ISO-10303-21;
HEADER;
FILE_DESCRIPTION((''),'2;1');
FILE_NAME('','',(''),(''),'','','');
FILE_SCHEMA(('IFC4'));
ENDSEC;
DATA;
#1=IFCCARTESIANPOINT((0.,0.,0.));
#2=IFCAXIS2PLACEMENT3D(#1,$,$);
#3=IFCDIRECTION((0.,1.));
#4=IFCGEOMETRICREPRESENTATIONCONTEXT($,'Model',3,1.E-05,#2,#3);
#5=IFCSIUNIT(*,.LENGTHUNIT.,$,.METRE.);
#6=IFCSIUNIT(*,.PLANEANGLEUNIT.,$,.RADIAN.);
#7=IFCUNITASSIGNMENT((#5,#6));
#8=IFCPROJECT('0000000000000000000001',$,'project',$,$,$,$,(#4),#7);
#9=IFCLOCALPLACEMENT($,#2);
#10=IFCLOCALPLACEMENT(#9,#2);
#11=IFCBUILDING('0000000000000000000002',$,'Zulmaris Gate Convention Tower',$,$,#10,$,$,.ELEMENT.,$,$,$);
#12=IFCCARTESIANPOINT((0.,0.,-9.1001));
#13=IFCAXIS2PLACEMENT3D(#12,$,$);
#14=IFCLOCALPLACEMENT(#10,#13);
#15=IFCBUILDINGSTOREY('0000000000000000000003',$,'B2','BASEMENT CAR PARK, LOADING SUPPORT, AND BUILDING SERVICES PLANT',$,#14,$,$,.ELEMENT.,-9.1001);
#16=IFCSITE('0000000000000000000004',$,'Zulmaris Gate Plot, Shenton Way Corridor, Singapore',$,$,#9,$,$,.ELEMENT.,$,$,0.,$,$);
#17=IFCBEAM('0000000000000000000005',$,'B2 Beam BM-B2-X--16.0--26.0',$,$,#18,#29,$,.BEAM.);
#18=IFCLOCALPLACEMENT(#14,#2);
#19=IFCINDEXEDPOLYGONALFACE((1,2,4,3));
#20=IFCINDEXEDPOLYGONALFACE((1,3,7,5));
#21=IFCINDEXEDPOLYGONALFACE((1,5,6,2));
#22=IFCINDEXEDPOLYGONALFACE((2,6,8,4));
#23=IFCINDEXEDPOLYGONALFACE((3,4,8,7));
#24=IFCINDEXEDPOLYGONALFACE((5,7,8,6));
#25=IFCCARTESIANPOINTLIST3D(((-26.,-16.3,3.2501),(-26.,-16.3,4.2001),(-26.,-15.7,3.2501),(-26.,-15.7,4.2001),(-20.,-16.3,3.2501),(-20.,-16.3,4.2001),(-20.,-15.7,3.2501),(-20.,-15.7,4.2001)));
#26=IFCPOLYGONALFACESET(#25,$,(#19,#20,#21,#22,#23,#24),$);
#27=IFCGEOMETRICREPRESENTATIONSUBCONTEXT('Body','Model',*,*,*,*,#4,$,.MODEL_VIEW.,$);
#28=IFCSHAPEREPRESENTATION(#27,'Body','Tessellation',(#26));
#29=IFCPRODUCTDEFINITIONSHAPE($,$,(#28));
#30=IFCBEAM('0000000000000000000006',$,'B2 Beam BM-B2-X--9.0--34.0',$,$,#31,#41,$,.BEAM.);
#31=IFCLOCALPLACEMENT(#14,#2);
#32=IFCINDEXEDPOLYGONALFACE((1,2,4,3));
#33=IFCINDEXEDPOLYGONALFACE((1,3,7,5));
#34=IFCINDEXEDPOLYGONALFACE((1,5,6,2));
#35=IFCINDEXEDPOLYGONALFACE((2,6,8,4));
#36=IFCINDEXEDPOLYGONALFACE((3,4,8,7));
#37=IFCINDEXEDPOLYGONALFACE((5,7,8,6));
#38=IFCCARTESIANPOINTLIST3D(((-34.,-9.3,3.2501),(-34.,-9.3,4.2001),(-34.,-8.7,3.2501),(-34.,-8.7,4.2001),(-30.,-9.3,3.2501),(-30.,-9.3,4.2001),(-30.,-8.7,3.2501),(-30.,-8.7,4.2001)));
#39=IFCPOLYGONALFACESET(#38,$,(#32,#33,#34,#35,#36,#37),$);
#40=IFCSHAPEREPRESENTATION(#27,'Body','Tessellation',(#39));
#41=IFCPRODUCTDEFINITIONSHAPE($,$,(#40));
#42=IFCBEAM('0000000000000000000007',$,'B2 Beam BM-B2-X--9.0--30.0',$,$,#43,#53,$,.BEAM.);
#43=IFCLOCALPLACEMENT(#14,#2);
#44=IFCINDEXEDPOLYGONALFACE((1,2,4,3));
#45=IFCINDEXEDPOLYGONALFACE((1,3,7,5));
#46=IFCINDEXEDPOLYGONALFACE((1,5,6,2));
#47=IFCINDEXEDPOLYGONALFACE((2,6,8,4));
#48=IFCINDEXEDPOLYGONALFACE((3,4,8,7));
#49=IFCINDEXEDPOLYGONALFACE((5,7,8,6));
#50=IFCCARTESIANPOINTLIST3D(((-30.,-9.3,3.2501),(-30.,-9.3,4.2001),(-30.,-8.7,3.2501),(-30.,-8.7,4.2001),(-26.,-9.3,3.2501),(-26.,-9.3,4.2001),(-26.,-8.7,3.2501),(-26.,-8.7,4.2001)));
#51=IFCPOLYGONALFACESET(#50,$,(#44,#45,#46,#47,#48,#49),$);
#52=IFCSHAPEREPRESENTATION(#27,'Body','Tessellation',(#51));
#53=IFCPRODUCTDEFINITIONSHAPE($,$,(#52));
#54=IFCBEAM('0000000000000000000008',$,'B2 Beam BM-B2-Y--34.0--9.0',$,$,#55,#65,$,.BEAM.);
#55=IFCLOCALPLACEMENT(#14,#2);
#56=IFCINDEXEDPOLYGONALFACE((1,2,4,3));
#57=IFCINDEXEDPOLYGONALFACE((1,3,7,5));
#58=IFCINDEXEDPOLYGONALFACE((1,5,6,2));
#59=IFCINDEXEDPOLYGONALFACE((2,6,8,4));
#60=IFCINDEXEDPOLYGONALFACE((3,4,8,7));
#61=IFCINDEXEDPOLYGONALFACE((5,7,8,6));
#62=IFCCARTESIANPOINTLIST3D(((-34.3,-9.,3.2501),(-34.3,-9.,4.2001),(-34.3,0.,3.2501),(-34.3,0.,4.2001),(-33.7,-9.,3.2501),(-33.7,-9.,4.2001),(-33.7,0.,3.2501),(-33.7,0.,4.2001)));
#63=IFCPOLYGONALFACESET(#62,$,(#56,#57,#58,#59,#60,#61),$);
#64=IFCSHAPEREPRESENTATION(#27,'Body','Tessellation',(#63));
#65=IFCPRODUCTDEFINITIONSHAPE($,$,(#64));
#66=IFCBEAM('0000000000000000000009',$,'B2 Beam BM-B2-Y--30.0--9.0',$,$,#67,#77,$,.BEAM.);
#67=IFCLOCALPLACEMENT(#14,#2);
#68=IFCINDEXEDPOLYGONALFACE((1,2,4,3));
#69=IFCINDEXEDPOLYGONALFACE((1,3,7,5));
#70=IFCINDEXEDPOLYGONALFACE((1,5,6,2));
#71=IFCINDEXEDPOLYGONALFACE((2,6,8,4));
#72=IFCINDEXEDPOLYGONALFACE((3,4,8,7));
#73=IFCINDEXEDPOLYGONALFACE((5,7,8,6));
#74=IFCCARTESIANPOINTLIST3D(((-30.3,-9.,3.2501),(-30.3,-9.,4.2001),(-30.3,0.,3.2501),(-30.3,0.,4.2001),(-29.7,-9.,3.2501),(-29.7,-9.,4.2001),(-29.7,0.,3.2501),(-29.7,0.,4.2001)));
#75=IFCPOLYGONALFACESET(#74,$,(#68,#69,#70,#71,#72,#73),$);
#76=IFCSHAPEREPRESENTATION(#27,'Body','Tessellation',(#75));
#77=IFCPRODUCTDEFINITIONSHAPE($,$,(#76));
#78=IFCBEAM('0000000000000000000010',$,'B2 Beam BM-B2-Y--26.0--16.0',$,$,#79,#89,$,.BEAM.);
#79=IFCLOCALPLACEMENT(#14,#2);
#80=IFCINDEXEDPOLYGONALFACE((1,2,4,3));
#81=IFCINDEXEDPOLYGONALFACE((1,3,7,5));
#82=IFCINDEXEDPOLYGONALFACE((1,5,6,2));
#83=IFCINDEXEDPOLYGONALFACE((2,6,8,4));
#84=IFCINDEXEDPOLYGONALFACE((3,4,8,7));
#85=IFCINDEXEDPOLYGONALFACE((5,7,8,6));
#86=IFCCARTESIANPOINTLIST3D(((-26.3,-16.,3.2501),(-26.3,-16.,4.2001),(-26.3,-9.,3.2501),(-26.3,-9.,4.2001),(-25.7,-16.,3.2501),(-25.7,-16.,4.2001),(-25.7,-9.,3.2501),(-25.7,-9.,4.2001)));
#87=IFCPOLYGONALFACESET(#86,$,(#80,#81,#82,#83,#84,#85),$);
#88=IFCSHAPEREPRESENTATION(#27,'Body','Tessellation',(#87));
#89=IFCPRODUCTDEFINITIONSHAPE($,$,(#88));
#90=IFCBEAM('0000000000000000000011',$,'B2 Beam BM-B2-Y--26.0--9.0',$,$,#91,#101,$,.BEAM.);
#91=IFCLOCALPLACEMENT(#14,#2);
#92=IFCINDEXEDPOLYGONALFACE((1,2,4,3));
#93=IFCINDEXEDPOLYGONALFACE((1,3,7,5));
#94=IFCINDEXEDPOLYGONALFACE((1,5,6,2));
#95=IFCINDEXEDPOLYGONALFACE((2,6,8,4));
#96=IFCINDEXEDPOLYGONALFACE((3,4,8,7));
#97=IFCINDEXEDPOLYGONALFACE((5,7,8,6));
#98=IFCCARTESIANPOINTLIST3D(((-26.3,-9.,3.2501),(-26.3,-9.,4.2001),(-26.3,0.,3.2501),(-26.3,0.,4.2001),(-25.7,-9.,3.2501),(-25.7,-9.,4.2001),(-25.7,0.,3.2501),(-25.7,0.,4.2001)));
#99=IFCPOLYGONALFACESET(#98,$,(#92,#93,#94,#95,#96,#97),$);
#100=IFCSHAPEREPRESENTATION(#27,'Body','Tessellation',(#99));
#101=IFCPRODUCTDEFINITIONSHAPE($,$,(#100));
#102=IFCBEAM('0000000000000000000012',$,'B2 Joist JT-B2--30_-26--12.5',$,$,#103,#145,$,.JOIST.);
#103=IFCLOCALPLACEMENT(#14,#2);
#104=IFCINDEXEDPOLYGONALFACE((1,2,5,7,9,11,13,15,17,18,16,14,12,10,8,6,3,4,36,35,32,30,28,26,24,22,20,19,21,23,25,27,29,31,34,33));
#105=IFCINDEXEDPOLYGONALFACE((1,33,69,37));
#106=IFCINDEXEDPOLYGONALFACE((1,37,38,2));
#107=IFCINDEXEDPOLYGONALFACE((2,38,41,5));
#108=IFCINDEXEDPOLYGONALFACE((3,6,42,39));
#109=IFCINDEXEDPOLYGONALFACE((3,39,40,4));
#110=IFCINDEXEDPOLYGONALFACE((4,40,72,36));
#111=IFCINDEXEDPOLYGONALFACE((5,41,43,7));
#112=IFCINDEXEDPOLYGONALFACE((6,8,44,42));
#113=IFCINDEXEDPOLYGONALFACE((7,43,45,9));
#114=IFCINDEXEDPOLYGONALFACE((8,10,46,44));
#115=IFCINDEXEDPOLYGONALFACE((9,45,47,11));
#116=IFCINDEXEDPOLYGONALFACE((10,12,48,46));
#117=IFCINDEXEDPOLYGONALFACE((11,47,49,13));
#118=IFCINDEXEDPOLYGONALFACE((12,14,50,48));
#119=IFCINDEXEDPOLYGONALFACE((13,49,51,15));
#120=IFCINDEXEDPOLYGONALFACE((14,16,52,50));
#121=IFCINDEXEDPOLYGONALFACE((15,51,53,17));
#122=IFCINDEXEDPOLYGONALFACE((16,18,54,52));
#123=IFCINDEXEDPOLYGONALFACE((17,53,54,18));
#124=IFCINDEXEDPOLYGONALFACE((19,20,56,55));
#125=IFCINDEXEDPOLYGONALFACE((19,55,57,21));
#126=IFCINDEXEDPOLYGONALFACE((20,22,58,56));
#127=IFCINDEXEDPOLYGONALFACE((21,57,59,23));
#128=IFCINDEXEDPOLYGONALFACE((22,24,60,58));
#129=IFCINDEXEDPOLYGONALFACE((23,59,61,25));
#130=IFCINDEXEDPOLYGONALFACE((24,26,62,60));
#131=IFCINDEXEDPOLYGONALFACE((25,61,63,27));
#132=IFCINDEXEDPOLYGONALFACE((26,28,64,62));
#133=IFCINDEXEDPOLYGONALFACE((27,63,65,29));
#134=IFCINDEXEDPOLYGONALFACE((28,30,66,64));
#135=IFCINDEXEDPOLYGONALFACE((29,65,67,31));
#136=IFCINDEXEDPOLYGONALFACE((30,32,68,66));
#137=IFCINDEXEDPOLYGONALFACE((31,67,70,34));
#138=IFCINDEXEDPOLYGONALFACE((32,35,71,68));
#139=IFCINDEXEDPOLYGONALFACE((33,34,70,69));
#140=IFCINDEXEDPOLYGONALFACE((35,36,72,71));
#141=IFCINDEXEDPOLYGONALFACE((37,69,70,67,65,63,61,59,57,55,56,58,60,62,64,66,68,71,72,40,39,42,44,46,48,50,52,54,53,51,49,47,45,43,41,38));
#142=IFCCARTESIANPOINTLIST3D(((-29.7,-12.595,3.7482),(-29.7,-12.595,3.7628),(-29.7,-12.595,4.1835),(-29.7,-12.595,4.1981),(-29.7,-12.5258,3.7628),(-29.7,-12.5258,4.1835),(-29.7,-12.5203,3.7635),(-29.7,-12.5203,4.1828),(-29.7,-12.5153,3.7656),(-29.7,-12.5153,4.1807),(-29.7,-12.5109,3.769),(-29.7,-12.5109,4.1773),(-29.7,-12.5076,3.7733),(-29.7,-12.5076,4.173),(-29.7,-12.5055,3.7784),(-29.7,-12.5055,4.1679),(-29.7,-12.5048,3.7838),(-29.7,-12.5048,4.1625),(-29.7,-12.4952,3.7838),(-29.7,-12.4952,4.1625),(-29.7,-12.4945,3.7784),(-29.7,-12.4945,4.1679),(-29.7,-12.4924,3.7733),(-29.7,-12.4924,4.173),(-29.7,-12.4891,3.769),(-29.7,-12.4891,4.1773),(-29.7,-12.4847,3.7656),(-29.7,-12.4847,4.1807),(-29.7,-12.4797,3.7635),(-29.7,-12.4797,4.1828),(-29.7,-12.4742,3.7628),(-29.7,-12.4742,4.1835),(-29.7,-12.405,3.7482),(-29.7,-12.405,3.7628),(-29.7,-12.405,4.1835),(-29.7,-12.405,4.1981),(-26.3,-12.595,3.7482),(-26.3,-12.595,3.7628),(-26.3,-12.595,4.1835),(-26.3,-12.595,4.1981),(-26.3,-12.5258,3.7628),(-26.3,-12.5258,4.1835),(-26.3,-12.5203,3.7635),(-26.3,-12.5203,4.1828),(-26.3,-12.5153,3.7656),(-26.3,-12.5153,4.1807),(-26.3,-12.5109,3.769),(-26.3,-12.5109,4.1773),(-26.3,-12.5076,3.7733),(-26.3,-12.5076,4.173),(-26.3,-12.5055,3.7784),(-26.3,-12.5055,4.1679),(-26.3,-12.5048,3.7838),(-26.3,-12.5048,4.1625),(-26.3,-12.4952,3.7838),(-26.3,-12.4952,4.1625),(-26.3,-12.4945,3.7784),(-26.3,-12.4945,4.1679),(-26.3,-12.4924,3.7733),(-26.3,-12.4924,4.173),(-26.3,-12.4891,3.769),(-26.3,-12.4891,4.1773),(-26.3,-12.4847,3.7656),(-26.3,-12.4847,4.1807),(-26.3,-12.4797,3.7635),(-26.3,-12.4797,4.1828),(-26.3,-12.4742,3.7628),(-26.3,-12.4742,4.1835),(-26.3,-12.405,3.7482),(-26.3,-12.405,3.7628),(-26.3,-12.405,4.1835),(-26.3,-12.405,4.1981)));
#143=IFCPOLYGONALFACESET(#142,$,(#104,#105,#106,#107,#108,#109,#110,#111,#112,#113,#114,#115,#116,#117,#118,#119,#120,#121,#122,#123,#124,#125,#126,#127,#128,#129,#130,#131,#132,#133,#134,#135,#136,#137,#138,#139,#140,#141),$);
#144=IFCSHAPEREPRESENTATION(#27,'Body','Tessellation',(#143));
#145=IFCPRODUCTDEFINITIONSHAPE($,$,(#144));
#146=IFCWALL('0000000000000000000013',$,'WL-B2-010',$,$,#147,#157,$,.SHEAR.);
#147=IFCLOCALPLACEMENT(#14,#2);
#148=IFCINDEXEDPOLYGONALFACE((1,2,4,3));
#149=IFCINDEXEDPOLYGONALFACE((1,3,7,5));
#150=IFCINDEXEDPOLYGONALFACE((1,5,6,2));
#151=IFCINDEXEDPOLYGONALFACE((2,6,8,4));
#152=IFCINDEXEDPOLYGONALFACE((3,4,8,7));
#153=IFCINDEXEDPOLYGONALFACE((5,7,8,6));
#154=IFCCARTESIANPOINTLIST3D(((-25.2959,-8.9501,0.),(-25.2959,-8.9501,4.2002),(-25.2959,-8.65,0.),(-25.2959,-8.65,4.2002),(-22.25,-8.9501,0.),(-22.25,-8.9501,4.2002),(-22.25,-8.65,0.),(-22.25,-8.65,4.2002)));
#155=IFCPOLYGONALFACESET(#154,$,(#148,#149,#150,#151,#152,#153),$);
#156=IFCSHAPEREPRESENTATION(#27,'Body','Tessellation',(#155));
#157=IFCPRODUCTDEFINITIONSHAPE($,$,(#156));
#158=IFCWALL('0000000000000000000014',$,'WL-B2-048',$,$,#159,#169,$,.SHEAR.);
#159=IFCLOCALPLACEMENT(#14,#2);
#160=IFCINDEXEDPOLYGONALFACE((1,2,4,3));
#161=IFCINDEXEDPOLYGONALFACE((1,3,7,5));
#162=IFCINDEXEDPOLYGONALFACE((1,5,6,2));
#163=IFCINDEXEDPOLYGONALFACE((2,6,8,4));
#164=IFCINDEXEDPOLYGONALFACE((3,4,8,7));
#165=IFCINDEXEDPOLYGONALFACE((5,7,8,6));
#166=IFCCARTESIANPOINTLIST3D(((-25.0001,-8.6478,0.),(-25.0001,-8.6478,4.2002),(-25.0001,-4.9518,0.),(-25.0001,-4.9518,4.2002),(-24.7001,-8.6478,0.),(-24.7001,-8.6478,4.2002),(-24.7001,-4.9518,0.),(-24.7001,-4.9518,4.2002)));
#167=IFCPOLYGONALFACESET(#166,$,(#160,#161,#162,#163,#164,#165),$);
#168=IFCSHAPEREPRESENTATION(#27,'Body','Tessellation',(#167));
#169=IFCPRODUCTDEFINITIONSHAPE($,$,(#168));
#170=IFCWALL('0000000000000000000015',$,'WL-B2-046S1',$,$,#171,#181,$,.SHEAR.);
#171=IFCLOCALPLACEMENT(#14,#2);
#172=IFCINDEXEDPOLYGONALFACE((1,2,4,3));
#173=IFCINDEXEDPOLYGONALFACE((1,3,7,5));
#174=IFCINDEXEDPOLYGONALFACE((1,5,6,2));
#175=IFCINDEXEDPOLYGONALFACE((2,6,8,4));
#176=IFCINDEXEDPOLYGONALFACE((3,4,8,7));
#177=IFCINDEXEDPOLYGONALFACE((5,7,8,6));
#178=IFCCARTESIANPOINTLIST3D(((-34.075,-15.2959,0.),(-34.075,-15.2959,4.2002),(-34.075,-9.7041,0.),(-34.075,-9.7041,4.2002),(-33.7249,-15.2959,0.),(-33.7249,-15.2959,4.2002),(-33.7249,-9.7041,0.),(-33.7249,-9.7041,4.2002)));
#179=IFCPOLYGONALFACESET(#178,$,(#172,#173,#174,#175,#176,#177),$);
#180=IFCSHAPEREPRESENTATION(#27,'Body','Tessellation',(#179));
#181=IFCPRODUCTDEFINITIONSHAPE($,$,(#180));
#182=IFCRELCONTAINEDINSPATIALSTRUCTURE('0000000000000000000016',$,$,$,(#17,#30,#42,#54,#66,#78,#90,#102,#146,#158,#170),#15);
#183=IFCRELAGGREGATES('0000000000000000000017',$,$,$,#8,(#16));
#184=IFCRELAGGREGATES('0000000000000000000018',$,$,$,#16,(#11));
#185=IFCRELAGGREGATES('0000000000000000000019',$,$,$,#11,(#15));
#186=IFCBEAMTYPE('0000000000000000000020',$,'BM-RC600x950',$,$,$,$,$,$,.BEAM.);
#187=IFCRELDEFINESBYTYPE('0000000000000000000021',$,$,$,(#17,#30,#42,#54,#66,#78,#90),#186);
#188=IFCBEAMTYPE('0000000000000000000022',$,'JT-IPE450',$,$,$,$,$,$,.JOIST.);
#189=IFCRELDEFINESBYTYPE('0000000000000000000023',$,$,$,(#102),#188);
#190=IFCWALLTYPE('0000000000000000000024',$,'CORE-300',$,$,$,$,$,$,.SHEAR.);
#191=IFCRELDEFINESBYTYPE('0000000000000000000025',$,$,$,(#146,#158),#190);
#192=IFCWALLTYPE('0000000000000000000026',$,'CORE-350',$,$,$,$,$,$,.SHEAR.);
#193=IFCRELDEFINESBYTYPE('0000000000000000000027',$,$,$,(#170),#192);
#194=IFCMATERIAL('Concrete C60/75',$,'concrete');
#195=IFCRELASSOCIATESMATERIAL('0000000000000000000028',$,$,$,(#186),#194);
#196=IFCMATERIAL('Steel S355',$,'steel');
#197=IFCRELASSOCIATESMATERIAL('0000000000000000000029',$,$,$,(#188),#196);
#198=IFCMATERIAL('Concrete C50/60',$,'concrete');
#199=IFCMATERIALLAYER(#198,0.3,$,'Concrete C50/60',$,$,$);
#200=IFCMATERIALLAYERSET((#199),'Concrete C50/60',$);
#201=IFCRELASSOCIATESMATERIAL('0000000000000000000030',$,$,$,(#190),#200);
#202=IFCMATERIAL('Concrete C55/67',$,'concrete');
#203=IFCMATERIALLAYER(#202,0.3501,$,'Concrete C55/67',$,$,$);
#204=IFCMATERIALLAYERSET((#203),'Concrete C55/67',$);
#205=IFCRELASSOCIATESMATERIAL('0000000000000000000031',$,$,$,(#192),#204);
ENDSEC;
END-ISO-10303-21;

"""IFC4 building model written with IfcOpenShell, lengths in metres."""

from ifc_helpers import new_model, si_unit, direction, frame, frame_2d, origin, origin_2d, place, context, subcontext, project, spatial, rectangle, i_section, extrude, material, layer, layer_set, material_profile, profile_set, type_object, element, save


model = new_model("IFC4")

# Units and contexts
model_context = context("Model", 3, precision=1e-05, world=origin(), true_north=direction((0.0, 1.0)))
body_context = subcontext(model_context, "Body", "Model", "MODEL_VIEW")
ifc_project = project(units=[si_unit("LENGTHUNIT", "METRE"), si_unit("PLANEANGLEUNIT", "RADIAN")], contexts=[model_context])

# Site, building, storey
site_placement = place(None, origin())
site = spatial("IfcSite", under=ifc_project, at=site_placement, Name="Zulmaris Gate Plot, Shenton Way Corridor, Singapore", CompositionType="ELEMENT", RefElevation=0.0)
building_placement = place(site_placement, origin())
building = spatial("IfcBuilding", under=site, at=building_placement, Name="Zulmaris Gate Convention Tower", CompositionType="ELEMENT")
storey_placement = place(building_placement, frame((0.0, 0.0, -9.1001)))
storey = spatial("IfcBuildingStorey", under=building, at=storey_placement, Name="B2", Description="BASEMENT CAR PARK, LOADING SUPPORT, AND BUILDING SERVICES PLANT", CompositionType="ELEMENT", Elevation=-9.1001)

# Shared definitions
ifc_material_1 = material(Name="Concrete C50/60", Category="concrete")

# Beams
ifc_material_2 = material(Name="Concrete C60/75", Category="concrete")
ifc_material_profile_1 = material_profile(ifc_material_2, rectangle(XDim=0.6001, YDim=0.95, at=origin_2d()), Name="RC BEAM 600x950")
ifc_profile_set_1 = profile_set([ifc_material_profile_1], Name="Concrete C60/75")
beam_type_1 = type_object("IfcBeamType", Name="BM-RC600x950", PredefinedType="BEAM", material=ifc_profile_set_1)
beam_1_placement = place(storey_placement, frame((-26.0, -16.0, 3.7251), z_axis=(1.0, 0.0, 0.0), x_axis=(0.0, 1.0, 0.0)))
element("IfcBeam", 1, at=beam_1_placement, inside=storey, type_object=beam_type_1, Name="B2 Beam BM-B2-X--16.0--26.0", PredefinedType="BEAM", context=body_context, shape_type="SweptSolid", body=[
    extrude(rectangle(XDim=0.6001, YDim=0.95, at=origin_2d()), origin(), (0.0, 0.0, 1.0), 6.0),
])
for number, where, z_axis, x_axis, name in (
    (2, (-34.0, -9.0, 3.7251), (1.0, 0.0, 0.0), (0.0, 1.0, 0.0), "B2 Beam BM-B2-X--9.0--34.0"),
    (3, (-30.0, -9.0, 3.7251), (1.0, 0.0, 0.0), (0.0, 1.0, 0.0), "B2 Beam BM-B2-X--9.0--30.0"),
):
    element("IfcBeam", number, at=place(storey_placement, frame(where, z_axis=z_axis, x_axis=x_axis)), inside=storey, type_object=beam_type_1, Name=name, PredefinedType="BEAM", context=body_context, shape_type="SweptSolid", body=[
        extrude(rectangle(XDim=0.6001, YDim=0.95, at=origin_2d()), origin(), (0.0, 0.0, 1.0), 4.0),
    ])
for number, where, z_axis, x_axis, name in (
    (4, (-34.0, -9.0, 3.7251), (0.0, 1.0, 0.0), (-1.0, 0.0, 0.0), "B2 Beam BM-B2-Y--34.0--9.0"),
    (5, (-30.0, -9.0, 3.7251), (0.0, 1.0, 0.0), (-1.0, 0.0, 0.0), "B2 Beam BM-B2-Y--30.0--9.0"),
):
    element("IfcBeam", number, at=place(storey_placement, frame(where, z_axis=z_axis, x_axis=x_axis)), inside=storey, type_object=beam_type_1, Name=name, PredefinedType="BEAM", context=body_context, shape_type="SweptSolid", body=[
        extrude(rectangle(XDim=0.6001, YDim=0.95, at=origin_2d()), origin(), (0.0, 0.0, 1.0), 9.0),
    ])
beam_2_placement = place(storey_placement, frame((-26.0, -16.0, 3.7251), z_axis=(0.0, 1.0, 0.0), x_axis=(-1.0, 0.0, 0.0)))
element("IfcBeam", 6, at=beam_2_placement, inside=storey, type_object=beam_type_1, Name="B2 Beam BM-B2-Y--26.0--16.0", PredefinedType="BEAM", context=body_context, shape_type="SweptSolid", body=[
    extrude(rectangle(XDim=0.6001, YDim=0.95, at=origin_2d()), origin(), (0.0, 0.0, 1.0), 7.0),
])
beam_3_placement = place(storey_placement, frame((-26.0, -9.0, 3.7251), z_axis=(0.0, 1.0, 0.0), x_axis=(-1.0, 0.0, 0.0)))
element("IfcBeam", 7, at=beam_3_placement, inside=storey, type_object=beam_type_1, Name="B2 Beam BM-B2-Y--26.0--9.0", PredefinedType="BEAM", context=body_context, shape_type="SweptSolid", body=[
    extrude(rectangle(XDim=0.6001, YDim=0.95, at=origin_2d()), origin(), (0.0, 0.0, 1.0), 9.0),
])
ifc_material_3 = material(Name="Steel S355", Category="steel")
ifc_material_profile_2 = material_profile(ifc_material_3, i_section(OverallWidth=0.1899, OverallDepth=0.45, WebThickness=0.0095, FlangeThickness=0.0146, FilletRadius=0.021, at=origin_2d()), Name="IPE 450")
ifc_profile_set_2 = profile_set([ifc_material_profile_2], Name="Steel S355")
beam_type_2 = type_object("IfcBeamType", Name="JT-IPE450", PredefinedType="JOIST", material=ifc_profile_set_2)
beam_4_placement = place(storey_placement, frame((-29.7, -12.5, 3.9731), z_axis=(1.0, 0.0, 0.0), x_axis=(0.0, 1.0, 0.0)))
element("IfcBeam", 8, at=beam_4_placement, inside=storey, type_object=beam_type_2, Name="B2 Joist JT-B2--30_-26--12.5", PredefinedType="JOIST", context=body_context, shape_type="SweptSolid", body=[
    extrude(i_section(OverallWidth=0.1899, OverallDepth=0.45, WebThickness=0.0095, FlangeThickness=0.0146, FilletRadius=0.021, at=origin_2d()), origin(), (0.0, 0.0, 1.0), 3.3999),
])

# Walls
ifc_layer_1 = layer(ifc_material_1, 0.3, Name="Concrete C50/60")
ifc_layer_set_1 = layer_set([ifc_layer_1], Name="Concrete C50/60")
wall_type_1 = type_object("IfcWallType", Name="CORE-300", PredefinedType="SHEAR", material=ifc_layer_set_1)
wall_1_placement = place(storey_placement, frame((-25.2959, -8.8, 0.0), z_axis=(0.0, 0.0, 1.0), x_axis=(1.0, 0.0, 0.0)))
element("IfcWall", 9, at=wall_1_placement, inside=storey, type_object=wall_type_1, Name="WL-B2-010", PredefinedType="SHEAR", context=body_context, shape_type="SweptSolid", body=[
    extrude(rectangle(XDim=3.0459, YDim=0.3, at=frame_2d((1.5229, 0.0))), origin(), (0.0, 0.0, 1.0), 4.2002),
])
wall_2_placement = place(storey_placement, frame((-24.8501, -8.6479, 0.0), z_axis=(0.0, 0.0, 1.0), x_axis=(0.0, 1.0, 0.0)))
element("IfcWall", 10, at=wall_2_placement, inside=storey, type_object=wall_type_1, Name="WL-B2-048", PredefinedType="SHEAR", context=body_context, shape_type="SweptSolid", body=[
    extrude(rectangle(XDim=3.696, YDim=0.3, at=frame_2d((1.8481, 0.0))), origin(), (0.0, 0.0, 1.0), 4.2002),
])
ifc_material_4 = material(Name="Concrete C55/67", Category="concrete")
ifc_layer_2 = layer(ifc_material_4, 0.3501, Name="Concrete C55/67")
ifc_layer_set_2 = layer_set([ifc_layer_2], Name="Concrete C55/67")
wall_type_2 = type_object("IfcWallType", Name="CORE-350", PredefinedType="SHEAR", material=ifc_layer_set_2)
wall_3_placement = place(storey_placement, frame((-33.8999, -15.2959, 0.0), z_axis=(0.0, 0.0, 1.0), x_axis=(0.0, 1.0, 0.0)))
element("IfcWall", 11, at=wall_3_placement, inside=storey, type_object=wall_type_2, Name="WL-B2-046S1", PredefinedType="SHEAR", context=body_context, shape_type="SweptSolid", body=[
    extrude(rectangle(XDim=5.5918, YDim=0.3501, at=frame_2d((2.7959, 0.0))), origin(), (0.0, 0.0, 1.0), 4.2002),
])

save(model, "model.ifc")
